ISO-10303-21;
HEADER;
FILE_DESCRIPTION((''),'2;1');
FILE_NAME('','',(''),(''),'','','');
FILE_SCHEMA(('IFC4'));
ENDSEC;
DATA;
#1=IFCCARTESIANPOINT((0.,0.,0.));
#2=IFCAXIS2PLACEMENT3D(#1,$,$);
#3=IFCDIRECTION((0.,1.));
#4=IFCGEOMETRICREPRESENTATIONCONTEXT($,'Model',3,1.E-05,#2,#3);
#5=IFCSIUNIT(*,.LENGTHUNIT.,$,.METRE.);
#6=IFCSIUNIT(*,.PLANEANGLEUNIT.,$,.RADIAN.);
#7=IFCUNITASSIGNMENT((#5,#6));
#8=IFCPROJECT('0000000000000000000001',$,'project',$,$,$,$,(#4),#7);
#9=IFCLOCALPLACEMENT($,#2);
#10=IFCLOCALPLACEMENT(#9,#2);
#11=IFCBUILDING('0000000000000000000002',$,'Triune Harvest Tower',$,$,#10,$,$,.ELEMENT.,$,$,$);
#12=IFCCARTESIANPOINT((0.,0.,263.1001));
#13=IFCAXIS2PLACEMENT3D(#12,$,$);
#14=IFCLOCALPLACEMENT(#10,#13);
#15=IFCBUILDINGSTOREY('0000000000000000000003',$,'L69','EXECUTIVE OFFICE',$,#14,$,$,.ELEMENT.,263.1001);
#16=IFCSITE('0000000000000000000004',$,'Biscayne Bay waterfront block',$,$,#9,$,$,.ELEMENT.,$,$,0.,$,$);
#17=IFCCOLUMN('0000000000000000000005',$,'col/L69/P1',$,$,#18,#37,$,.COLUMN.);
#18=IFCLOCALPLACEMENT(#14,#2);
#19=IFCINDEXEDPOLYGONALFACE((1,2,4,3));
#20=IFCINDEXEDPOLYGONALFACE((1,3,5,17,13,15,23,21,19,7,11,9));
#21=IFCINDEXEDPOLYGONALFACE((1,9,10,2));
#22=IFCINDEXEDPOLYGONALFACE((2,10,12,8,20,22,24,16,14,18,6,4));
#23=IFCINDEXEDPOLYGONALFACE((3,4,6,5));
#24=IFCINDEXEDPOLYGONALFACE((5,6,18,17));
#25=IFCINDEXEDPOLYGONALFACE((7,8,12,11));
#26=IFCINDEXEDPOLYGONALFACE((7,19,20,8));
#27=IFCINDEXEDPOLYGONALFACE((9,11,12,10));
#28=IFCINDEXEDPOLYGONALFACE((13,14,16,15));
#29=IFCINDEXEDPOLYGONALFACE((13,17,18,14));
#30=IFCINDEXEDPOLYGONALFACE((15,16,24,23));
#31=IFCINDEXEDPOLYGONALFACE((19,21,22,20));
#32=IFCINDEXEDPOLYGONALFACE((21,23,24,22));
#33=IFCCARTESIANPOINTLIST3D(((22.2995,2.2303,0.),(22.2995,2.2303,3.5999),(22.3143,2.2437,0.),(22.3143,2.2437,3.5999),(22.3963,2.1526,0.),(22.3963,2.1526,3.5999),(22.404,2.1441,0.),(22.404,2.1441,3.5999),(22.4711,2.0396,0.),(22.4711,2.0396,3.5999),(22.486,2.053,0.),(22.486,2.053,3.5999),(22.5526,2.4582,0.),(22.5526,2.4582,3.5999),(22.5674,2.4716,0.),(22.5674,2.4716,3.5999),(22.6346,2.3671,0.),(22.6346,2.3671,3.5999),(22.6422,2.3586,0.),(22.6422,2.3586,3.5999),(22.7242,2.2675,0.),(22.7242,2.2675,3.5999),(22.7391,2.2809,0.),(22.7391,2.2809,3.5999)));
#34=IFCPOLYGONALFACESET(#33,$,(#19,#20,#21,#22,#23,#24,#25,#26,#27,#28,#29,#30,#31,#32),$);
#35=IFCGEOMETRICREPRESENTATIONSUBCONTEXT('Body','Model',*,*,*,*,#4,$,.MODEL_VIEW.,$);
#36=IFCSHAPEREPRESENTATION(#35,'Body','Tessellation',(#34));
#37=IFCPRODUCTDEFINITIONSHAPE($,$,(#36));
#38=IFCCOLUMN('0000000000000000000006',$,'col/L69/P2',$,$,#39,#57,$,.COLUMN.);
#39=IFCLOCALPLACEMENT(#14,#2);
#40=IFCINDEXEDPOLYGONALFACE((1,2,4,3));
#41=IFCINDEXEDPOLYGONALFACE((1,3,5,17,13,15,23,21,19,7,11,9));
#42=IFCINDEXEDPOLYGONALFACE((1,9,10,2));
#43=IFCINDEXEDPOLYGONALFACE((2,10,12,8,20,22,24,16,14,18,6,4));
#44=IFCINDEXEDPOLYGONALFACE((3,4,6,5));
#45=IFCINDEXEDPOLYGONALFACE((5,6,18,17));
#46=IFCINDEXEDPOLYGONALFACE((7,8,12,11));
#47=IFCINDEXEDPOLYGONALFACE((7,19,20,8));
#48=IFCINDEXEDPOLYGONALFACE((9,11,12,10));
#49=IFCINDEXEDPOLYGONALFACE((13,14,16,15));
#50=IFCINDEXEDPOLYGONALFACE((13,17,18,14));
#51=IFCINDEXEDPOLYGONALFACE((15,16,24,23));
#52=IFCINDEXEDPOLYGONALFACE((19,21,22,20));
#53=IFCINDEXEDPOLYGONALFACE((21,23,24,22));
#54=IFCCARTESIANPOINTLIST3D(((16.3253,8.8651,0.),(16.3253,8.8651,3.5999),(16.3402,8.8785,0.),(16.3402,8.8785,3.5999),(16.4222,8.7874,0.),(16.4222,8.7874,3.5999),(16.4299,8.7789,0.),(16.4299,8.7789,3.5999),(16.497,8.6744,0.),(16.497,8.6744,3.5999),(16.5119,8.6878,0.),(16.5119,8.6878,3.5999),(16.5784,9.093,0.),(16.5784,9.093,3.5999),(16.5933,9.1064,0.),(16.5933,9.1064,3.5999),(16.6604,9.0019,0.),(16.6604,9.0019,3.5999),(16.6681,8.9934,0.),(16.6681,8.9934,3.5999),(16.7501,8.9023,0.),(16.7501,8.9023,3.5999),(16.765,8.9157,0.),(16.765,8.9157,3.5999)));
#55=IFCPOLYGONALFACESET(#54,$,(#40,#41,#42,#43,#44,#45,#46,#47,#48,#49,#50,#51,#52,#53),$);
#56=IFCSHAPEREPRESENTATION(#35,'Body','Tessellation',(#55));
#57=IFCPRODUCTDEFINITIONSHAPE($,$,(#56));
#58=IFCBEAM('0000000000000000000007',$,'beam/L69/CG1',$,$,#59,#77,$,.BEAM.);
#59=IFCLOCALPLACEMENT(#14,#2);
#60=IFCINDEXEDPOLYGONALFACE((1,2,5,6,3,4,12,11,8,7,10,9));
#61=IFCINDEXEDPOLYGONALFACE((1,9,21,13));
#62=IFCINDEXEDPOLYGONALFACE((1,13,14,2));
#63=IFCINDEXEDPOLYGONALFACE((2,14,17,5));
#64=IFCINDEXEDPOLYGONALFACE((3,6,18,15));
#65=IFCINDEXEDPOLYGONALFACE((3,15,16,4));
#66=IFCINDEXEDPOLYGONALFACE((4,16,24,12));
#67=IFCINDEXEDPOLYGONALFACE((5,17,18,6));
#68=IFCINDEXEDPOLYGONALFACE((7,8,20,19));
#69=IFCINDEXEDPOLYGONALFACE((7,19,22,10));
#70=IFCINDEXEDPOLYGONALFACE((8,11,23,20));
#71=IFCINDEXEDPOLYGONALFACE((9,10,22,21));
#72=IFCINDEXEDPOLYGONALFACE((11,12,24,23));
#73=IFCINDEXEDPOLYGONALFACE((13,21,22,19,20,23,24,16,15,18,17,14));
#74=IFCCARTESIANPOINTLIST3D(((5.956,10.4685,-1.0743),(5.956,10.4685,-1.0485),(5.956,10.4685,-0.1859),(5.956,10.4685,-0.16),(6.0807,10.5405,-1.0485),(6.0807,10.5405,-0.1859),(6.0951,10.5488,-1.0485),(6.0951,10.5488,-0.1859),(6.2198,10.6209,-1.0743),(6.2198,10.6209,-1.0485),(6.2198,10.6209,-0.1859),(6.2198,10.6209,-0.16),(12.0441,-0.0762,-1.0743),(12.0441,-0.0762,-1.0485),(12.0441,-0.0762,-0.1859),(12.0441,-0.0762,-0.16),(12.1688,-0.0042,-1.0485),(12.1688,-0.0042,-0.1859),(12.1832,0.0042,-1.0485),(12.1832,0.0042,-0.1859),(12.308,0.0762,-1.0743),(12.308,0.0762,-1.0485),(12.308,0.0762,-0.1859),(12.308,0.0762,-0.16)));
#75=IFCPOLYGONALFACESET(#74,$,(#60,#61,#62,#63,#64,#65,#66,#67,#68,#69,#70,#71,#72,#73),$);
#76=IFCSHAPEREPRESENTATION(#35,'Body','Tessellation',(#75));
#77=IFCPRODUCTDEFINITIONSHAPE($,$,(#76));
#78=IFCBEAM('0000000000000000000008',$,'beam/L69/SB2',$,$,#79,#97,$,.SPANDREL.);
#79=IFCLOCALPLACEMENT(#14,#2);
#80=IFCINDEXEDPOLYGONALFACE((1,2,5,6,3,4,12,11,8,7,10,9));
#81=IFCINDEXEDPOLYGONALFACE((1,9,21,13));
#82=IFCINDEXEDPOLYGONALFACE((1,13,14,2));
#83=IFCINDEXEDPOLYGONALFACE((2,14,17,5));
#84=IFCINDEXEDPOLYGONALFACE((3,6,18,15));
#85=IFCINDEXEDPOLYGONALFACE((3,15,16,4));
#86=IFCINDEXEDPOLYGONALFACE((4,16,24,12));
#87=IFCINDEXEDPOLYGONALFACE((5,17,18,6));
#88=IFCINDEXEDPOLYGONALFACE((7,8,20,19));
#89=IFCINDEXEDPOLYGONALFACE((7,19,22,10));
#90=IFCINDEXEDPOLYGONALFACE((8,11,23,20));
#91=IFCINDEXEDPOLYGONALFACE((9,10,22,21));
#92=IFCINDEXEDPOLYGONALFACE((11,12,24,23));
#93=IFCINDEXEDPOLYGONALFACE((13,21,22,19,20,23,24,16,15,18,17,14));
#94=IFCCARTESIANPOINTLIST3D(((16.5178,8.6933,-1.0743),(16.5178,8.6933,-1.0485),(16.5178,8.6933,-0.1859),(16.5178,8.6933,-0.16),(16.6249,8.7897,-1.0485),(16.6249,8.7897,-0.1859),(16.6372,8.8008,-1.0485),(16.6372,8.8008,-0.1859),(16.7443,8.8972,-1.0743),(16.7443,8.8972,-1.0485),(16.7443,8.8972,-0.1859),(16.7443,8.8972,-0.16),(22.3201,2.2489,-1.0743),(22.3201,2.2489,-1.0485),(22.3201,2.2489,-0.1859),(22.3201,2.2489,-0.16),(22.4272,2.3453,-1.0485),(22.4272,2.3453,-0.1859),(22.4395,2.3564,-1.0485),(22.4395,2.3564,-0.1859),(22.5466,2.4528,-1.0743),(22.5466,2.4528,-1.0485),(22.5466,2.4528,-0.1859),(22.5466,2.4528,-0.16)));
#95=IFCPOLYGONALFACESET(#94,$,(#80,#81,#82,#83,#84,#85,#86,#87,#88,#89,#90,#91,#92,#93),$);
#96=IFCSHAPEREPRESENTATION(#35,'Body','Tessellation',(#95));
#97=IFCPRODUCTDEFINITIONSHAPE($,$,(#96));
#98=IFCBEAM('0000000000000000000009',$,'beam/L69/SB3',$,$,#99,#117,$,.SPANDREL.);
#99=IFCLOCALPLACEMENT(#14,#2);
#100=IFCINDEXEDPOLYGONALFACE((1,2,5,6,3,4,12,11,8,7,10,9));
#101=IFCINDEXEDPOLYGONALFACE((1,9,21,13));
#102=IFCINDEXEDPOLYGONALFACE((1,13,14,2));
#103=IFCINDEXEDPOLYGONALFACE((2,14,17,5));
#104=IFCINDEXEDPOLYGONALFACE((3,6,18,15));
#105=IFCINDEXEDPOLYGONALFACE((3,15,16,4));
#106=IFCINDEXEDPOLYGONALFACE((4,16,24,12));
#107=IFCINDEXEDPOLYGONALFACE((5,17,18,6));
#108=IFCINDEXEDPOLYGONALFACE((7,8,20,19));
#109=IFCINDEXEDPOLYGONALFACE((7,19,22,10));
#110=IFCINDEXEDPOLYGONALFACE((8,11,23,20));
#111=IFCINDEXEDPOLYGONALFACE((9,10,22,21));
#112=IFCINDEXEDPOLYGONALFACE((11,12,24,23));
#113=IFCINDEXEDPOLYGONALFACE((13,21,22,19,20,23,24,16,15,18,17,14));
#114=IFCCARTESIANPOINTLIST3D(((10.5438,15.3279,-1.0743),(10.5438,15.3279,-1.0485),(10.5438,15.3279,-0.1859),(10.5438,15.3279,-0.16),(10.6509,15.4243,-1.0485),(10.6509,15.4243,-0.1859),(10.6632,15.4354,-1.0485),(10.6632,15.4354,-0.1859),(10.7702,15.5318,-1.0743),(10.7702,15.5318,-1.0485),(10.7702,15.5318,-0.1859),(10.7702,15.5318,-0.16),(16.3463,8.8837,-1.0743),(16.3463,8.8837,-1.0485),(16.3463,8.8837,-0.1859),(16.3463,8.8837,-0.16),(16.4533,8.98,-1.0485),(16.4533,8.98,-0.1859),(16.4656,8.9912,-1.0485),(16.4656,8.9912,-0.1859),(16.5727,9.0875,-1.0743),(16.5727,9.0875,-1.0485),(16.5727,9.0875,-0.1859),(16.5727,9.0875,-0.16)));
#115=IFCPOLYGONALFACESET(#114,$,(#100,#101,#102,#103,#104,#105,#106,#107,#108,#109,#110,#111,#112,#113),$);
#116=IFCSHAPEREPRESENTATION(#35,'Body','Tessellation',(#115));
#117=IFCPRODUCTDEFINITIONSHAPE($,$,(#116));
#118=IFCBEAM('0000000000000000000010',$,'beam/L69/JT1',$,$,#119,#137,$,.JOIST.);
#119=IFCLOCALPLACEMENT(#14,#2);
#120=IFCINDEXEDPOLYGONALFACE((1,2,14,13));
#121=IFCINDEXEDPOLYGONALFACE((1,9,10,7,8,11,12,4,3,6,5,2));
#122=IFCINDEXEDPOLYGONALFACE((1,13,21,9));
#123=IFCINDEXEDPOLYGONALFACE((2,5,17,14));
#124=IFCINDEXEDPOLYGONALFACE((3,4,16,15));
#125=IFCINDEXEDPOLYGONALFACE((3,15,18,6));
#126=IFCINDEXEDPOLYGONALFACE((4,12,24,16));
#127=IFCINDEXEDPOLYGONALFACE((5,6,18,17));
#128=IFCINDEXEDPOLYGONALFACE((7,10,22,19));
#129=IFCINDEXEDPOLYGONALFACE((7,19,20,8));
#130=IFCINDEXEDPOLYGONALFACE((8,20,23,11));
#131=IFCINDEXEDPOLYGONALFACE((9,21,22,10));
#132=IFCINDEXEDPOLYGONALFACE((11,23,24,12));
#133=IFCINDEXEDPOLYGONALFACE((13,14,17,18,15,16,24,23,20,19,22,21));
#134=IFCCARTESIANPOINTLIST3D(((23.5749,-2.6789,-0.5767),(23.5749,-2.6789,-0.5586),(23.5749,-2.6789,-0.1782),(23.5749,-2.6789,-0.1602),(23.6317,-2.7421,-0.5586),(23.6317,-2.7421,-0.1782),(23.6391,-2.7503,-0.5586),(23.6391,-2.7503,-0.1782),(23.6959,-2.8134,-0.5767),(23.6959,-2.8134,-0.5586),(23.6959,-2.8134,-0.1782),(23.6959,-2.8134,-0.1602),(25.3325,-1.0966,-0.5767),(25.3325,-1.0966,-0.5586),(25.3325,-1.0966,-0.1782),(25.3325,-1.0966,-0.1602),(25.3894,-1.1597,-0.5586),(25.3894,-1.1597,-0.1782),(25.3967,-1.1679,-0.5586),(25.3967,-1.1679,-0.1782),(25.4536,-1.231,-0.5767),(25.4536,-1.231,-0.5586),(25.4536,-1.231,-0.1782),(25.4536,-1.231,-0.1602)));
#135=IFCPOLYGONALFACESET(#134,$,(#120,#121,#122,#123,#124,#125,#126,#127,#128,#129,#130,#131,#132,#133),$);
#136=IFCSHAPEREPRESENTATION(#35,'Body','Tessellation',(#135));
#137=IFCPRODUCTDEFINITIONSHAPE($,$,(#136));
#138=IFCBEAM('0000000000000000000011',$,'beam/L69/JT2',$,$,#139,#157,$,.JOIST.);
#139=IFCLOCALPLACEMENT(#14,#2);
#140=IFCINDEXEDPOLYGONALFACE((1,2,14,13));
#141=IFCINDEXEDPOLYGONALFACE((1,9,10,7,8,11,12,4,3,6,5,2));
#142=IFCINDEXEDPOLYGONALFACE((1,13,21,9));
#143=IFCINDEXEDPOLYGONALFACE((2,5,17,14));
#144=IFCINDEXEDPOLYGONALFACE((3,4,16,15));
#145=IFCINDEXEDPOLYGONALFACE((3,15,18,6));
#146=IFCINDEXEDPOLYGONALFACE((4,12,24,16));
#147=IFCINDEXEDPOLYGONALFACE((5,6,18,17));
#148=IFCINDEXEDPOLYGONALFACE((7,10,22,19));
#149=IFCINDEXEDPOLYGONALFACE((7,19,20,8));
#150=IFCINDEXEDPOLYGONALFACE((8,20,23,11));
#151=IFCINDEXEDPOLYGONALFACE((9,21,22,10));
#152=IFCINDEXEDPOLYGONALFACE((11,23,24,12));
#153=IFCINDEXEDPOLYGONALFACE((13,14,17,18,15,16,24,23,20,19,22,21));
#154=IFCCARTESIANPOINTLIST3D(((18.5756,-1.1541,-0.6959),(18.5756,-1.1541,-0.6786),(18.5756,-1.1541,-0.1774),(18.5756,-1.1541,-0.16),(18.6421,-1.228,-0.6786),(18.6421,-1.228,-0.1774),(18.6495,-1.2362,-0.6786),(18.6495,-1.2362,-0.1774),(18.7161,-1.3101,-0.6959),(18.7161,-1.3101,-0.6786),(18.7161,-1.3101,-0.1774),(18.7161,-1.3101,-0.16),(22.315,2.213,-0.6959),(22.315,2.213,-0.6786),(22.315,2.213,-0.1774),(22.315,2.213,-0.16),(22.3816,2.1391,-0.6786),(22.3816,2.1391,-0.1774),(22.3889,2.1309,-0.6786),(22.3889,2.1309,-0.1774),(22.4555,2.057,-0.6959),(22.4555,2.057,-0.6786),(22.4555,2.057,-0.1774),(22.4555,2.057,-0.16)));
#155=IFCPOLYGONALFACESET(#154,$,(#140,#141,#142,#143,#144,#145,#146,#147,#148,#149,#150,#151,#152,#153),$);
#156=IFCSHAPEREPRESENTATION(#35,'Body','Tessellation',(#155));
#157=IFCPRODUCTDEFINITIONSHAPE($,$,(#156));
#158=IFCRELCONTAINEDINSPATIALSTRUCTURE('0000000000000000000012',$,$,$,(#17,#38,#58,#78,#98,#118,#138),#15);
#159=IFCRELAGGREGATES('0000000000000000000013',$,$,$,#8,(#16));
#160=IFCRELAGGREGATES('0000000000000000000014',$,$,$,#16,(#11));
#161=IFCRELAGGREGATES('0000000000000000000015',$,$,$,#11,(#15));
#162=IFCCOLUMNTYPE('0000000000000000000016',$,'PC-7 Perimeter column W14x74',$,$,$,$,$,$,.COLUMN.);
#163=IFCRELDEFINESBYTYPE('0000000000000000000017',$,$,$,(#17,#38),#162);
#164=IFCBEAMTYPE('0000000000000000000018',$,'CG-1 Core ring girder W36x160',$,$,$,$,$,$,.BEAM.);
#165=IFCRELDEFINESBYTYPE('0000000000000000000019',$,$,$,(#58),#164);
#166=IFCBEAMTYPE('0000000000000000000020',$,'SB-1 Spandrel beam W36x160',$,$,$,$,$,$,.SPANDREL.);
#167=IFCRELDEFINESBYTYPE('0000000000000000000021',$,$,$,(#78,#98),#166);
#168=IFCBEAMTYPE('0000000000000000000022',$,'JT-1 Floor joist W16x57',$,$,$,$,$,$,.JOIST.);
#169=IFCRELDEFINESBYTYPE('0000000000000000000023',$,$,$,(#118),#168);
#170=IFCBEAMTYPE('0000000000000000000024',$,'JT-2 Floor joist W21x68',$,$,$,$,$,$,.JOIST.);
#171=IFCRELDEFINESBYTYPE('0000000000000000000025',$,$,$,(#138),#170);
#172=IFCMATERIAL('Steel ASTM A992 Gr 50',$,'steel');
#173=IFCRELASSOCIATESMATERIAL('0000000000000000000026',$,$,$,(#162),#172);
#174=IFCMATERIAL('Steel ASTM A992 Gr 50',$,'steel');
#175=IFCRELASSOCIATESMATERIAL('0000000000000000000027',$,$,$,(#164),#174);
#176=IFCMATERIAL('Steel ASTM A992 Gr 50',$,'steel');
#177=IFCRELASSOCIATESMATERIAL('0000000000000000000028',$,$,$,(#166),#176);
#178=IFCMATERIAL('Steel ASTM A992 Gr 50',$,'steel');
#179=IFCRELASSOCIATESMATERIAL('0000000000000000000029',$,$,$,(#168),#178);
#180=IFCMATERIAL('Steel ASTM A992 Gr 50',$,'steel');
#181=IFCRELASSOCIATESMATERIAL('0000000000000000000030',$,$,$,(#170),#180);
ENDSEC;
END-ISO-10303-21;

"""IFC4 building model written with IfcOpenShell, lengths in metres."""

from ifc_helpers import new_model, si_unit, direction, frame, origin, origin_2d, place, context, subcontext, project, spatial, i_section, extrude, source, transform, mapped, material, material_profile, profile_set, type_object, element, save


model = new_model("IFC4")

# Units and contexts
model_context = context("Model", 3, precision=1e-05, world=origin(), true_north=direction((0.0, 1.0)))
body_context = subcontext(model_context, "Body", "Model", "MODEL_VIEW")
ifc_project = project(units=[si_unit("LENGTHUNIT", "METRE"), si_unit("PLANEANGLEUNIT", "RADIAN")], contexts=[model_context])

# Site, building, storey
site_placement = place(None, origin())
site = spatial("IfcSite", under=ifc_project, at=site_placement, Name="Biscayne Bay waterfront block", CompositionType="ELEMENT", RefElevation=0.0)
building_placement = place(site_placement, origin())
building = spatial("IfcBuilding", under=site, at=building_placement, Name="Triune Harvest Tower", CompositionType="ELEMENT")
storey_placement = place(building_placement, frame((0.0, 0.0, 263.1001)))
storey = spatial("IfcBuildingStorey", under=building, at=storey_placement, Name="L69", Description="EXECUTIVE OFFICE", CompositionType="ELEMENT", Elevation=263.1001)

# Columns
ifc_material_1 = material(Name="Steel ASTM A992 Gr 50", Category="steel")
ifc_material_profile_1 = material_profile(ifc_material_1, i_section(OverallWidth=0.2566, OverallDepth=0.3606, WebThickness=0.0115, FlangeThickness=0.02, at=origin_2d()), Name="W14x74")
ifc_profile_set_1 = profile_set([ifc_material_profile_1], Name="Steel ASTM A992 Gr 50")
column_type = type_object("IfcColumnType", Name="PC-7 Perimeter column W14x74", PredefinedType="COLUMN", material=ifc_profile_set_1)
shared_shape_1 = source(origin(), body_context, "Body", "SweptSolid", [
    extrude(i_section(OverallWidth=0.2566, OverallDepth=0.3606, WebThickness=0.0115, FlangeThickness=0.02, at=origin_2d()), origin(), (0.0, 0.0, 1.0), 3.5999),
])
for number, where, z_axis, x_axis, name in (
    (1, (22.5193, 2.2556, 0.0), (0.0, 0.0, 1.0), (-0.669131, 0.743145, 0.0), "col/L69/P1"),
    (2, (16.5452, 8.8904, 0.0), (0.0, 0.0, 1.0), (-0.669131, 0.743145, 0.0), "col/L69/P2"),
):
    element("IfcColumn", number, at=place(storey_placement, frame(where, z_axis=z_axis, x_axis=x_axis)), inside=storey, type_object=column_type, Name=name, PredefinedType="COLUMN", context=body_context, shape_type="MappedRepresentation", body=[
        mapped(shared_shape_1, transform((0.0, 0.0, 0.0), scale=1.0)),
    ])

# Beams
ifc_material_2 = material(Name="Steel ASTM A992 Gr 50", Category="steel")
ifc_material_profile_2 = material_profile(ifc_material_2, i_section(OverallWidth=0.3047, OverallDepth=0.9143, WebThickness=0.0166, FlangeThickness=0.0259, at=origin_2d()), Name="W36x160")
ifc_profile_set_2 = profile_set([ifc_material_profile_2], Name="Steel ASTM A992 Gr 50")
beam_type_1 = type_object("IfcBeamType", Name="CG-1 Core ring girder W36x160", PredefinedType="BEAM", material=ifc_profile_set_2)
shared_shape_2 = source(origin(), body_context, "Body", "SweptSolid", [
    extrude(i_section(OverallWidth=0.3047, OverallDepth=0.9143, WebThickness=0.0166, FlangeThickness=0.0259, at=origin_2d()), origin(), (0.0, 0.0, 1.0), 12.176),
])
beam_1_placement = place(storey_placement, frame((12.176, 0.0, -0.6172), z_axis=(-0.50001, 0.86602, 0.0), x_axis=(-0.86602, -0.50001, 0.0)))
element("IfcBeam", 3, at=beam_1_placement, inside=storey, type_object=beam_type_1, Name="beam/L69/CG1", PredefinedType="BEAM", context=body_context, shape_type="MappedRepresentation", body=[
    mapped(shared_shape_2, transform((0.0, 0.0, 0.0), scale=1.0)),
])
ifc_material_3 = material(Name="Steel ASTM A992 Gr 50", Category="steel")
ifc_material_profile_3 = material_profile(ifc_material_3, i_section(OverallWidth=0.3047, OverallDepth=0.9143, WebThickness=0.0166, FlangeThickness=0.0259, at=origin_2d()), Name="W36x160")
ifc_profile_set_3 = profile_set([ifc_material_profile_3], Name="Steel ASTM A992 Gr 50")
beam_type_2 = type_object("IfcBeamType", Name="SB-1 Spandrel beam W36x160", PredefinedType="SPANDREL", material=ifc_profile_set_3)
shared_shape_3 = source(origin(), body_context, "Body", "SweptSolid", [
    extrude(i_section(OverallWidth=0.3047, OverallDepth=0.9143, WebThickness=0.0166, FlangeThickness=0.0259, at=origin_2d()), origin(), (0.0, 0.0, 1.0), 8.6716),
])
for number, where, z_axis, x_axis, name in (
    (4, (22.4333, 2.3508, -0.6172), (-0.669114, 0.74316, 0.0), (-0.74316, -0.669114, 0.0), "beam/L69/SB2"),
    (5, (16.4595, 8.9856, -0.6172), (-0.66913, 0.743146, 0.0), (-0.743146, -0.66913, 0.0), "beam/L69/SB3"),
):
    element("IfcBeam", number, at=place(storey_placement, frame(where, z_axis=z_axis, x_axis=x_axis)), inside=storey, type_object=beam_type_2, Name=name, PredefinedType="SPANDREL", context=body_context, shape_type="MappedRepresentation", body=[
        mapped(shared_shape_3, transform((0.0, 0.0, 0.0), scale=1.0)),
    ])
ifc_material_4 = material(Name="Steel ASTM A992 Gr 50", Category="steel")
ifc_material_profile_4 = material_profile(ifc_material_4, i_section(OverallWidth=0.1809, OverallDepth=0.4165, WebThickness=0.011, FlangeThickness=0.0181, at=origin_2d()), Name="W16x57")
ifc_profile_set_4 = profile_set([ifc_material_profile_4], Name="Steel ASTM A992 Gr 50")
beam_type_3 = type_object("IfcBeamType", Name="JT-1 Floor joist W16x57", PredefinedType="JOIST", material=ifc_profile_set_4)
shared_shape_4 = source(origin(), body_context, "Body", "SweptSolid", [
    extrude(i_section(OverallWidth=0.1809, OverallDepth=0.4165, WebThickness=0.011, FlangeThickness=0.0181, at=origin_2d()), origin(), (0.0, 0.0, 1.0), 2.365),
])
beam_2_placement = place(storey_placement, frame((25.3931, -1.1638, -0.3684), z_axis=(-0.743197, -0.669073, 0.0), x_axis=(0.669073, -0.743197, 0.0)))
element("IfcBeam", 6, at=beam_2_placement, inside=storey, type_object=beam_type_3, Name="beam/L69/JT1", PredefinedType="JOIST", context=body_context, shape_type="MappedRepresentation", body=[
    mapped(shared_shape_4, transform((0.0, 0.0, 0.0), scale=1.0)),
])
ifc_material_5 = material(Name="Steel ASTM A992 Gr 50", Category="steel")
ifc_material_profile_5 = material_profile(ifc_material_5, i_section(OverallWidth=0.21, OverallDepth=0.5359, WebThickness=0.011, FlangeThickness=0.0173, at=origin_2d()), Name="W21x68")
ifc_profile_set_5 = profile_set([ifc_material_profile_5], Name="Steel ASTM A992 Gr 50")
beam_type_4 = type_object("IfcBeamType", Name="JT-2 Floor joist W21x68", PredefinedType="JOIST", material=ifc_profile_set_5)
shared_shape_5 = source(origin(), body_context, "Body", "SweptSolid", [
    extrude(i_section(OverallWidth=0.21, OverallDepth=0.5359, WebThickness=0.011, FlangeThickness=0.0173, at=origin_2d()), origin(), (0.0, 0.0, 1.0), 5.032),
])
beam_3_placement = place(storey_placement, frame((22.3853, 2.135, -0.428), z_axis=(-0.743132, -0.669144, 0.0), x_axis=(0.669144, -0.743132, 0.0)))
element("IfcBeam", 7, at=beam_3_placement, inside=storey, type_object=beam_type_4, Name="beam/L69/JT2", PredefinedType="JOIST", context=body_context, shape_type="MappedRepresentation", body=[
    mapped(shared_shape_5, transform((0.0, 0.0, 0.0), scale=1.0)),
])

save(model, "model.ifc")
